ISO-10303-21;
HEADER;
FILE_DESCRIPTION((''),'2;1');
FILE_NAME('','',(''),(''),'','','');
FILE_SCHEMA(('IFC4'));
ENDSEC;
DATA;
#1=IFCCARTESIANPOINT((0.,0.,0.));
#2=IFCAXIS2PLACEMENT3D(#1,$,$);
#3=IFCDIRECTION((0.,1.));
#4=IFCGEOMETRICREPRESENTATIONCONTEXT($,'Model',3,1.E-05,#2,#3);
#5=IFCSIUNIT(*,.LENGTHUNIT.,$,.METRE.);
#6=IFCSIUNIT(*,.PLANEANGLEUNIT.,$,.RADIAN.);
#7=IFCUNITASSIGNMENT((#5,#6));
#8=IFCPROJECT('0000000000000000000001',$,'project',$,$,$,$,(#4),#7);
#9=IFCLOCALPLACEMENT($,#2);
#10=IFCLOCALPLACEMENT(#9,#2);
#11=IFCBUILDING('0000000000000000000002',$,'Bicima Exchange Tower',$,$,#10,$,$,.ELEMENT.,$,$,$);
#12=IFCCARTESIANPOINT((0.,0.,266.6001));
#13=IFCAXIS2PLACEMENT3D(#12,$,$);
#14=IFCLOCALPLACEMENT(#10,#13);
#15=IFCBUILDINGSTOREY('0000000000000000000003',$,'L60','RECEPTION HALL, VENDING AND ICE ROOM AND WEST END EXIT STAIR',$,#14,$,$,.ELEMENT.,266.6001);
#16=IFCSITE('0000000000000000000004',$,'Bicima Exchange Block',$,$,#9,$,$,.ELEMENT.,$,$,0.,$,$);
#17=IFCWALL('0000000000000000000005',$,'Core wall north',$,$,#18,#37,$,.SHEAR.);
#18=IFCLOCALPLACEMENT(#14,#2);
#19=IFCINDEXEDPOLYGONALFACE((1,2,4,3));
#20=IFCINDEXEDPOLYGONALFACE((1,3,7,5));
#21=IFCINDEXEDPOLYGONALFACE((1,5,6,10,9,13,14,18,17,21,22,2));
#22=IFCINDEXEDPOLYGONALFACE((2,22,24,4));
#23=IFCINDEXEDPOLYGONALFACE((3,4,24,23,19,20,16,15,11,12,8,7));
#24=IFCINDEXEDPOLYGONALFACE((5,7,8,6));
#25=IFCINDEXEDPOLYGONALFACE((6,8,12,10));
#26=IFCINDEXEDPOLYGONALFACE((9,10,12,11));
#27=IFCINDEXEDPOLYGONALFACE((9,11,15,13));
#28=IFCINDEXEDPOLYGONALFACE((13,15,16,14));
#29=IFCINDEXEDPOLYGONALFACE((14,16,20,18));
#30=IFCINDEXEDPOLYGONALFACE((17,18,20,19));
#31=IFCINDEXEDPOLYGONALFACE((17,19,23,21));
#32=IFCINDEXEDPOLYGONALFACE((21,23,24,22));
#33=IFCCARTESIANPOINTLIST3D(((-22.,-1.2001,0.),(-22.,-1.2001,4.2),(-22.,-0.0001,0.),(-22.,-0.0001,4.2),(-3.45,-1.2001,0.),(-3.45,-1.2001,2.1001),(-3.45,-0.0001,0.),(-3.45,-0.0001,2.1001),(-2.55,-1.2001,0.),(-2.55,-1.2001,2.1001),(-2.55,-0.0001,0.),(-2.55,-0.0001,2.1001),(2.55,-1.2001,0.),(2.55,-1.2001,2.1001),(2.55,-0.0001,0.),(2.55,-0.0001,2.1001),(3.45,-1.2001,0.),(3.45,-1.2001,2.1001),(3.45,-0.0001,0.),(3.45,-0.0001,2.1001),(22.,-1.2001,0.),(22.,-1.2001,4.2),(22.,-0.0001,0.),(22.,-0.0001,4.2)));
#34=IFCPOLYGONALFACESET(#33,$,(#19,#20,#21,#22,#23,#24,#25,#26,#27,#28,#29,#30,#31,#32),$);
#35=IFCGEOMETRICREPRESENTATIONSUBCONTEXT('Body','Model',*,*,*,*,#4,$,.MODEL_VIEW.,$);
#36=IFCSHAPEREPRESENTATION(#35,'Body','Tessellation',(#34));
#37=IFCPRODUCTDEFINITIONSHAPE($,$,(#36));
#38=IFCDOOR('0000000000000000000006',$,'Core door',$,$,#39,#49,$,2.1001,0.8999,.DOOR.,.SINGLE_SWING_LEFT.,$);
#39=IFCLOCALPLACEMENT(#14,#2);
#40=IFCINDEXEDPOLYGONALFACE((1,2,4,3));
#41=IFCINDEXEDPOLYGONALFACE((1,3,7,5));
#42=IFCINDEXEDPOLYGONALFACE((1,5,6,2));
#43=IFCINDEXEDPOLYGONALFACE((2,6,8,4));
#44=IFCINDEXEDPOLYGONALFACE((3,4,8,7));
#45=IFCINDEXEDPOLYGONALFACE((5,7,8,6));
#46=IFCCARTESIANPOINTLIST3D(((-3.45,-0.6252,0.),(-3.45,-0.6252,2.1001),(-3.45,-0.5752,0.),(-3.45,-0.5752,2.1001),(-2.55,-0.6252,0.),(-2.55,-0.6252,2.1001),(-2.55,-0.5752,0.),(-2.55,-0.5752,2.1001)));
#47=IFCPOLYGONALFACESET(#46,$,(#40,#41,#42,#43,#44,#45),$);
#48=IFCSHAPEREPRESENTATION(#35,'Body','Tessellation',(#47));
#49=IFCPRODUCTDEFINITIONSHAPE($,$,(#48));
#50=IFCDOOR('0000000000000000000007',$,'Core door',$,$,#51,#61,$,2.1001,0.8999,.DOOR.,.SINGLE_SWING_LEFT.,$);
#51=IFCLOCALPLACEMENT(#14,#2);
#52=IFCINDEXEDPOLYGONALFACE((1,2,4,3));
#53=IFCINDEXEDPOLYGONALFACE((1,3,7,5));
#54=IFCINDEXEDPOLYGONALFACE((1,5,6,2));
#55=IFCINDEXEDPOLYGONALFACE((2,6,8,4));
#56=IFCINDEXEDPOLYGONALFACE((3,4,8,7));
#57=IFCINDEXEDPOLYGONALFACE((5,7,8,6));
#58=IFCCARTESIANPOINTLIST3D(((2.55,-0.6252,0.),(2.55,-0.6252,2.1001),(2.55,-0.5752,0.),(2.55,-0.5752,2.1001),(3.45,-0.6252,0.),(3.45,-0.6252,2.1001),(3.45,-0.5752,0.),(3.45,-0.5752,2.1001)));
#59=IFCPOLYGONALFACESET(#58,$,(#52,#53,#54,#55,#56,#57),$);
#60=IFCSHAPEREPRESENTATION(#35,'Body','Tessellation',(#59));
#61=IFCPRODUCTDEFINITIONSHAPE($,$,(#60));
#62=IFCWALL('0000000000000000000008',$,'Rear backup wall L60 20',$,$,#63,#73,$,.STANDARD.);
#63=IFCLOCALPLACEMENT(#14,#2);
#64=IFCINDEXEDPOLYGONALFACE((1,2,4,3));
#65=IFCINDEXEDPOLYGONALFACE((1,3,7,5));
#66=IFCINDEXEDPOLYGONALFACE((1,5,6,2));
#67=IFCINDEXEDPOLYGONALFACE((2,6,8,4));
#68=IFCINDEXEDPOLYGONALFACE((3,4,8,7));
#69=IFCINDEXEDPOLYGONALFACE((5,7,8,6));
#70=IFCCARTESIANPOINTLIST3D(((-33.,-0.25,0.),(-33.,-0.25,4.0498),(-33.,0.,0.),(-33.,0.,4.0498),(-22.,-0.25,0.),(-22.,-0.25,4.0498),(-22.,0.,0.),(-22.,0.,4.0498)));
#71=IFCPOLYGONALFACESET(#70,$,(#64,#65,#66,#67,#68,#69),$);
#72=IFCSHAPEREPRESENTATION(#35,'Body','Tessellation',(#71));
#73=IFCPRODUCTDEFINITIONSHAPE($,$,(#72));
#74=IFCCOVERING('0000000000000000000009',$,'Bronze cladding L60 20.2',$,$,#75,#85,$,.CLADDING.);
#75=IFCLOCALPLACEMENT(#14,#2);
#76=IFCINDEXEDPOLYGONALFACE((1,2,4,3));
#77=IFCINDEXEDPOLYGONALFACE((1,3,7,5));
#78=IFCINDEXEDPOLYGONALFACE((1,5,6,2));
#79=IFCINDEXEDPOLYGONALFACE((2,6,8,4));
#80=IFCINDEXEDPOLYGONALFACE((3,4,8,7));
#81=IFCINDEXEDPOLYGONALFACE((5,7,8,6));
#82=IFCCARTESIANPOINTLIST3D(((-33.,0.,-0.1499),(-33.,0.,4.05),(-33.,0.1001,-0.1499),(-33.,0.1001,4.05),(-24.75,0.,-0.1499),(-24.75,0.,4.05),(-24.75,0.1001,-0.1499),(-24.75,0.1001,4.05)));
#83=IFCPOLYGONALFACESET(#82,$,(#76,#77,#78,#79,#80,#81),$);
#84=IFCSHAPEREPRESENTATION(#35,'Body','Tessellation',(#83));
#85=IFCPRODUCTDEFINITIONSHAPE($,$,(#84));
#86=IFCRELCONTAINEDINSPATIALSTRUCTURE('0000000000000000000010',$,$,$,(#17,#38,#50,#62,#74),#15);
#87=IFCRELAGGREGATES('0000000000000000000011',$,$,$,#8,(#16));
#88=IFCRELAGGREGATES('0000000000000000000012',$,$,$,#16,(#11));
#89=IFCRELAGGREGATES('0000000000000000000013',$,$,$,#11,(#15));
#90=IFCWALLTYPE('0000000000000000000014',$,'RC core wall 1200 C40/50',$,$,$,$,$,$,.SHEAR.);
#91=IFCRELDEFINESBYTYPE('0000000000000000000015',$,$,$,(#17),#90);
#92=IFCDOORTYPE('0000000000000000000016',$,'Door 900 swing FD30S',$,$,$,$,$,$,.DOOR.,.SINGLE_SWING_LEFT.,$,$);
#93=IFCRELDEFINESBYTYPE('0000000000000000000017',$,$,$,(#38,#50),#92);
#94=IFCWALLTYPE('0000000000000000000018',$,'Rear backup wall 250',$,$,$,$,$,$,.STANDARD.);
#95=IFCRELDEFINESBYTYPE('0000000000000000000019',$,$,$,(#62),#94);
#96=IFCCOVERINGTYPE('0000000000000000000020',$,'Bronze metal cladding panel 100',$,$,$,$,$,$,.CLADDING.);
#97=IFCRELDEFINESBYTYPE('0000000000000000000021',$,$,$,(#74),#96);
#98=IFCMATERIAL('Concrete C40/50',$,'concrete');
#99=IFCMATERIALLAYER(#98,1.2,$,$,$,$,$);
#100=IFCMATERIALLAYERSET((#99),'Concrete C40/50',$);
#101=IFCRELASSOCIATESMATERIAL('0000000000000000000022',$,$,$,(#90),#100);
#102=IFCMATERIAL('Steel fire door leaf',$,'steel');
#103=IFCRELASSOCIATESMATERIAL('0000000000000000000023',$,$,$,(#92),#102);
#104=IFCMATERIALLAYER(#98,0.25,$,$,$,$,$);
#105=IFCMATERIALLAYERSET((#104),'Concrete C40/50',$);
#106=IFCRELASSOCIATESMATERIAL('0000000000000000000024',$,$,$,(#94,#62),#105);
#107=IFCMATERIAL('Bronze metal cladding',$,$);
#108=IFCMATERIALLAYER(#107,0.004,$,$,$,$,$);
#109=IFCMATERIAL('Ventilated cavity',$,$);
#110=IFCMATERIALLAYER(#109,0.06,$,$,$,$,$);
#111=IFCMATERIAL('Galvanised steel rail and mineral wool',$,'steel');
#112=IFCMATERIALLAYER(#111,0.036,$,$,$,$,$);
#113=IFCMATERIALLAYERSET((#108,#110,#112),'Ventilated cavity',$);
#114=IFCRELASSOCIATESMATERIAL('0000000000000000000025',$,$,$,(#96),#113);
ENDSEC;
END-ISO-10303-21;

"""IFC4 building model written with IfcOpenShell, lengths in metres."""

from ifc_helpers import new_model, si_unit, direction, frame, frame_2d, origin, origin_2d, place, context, subcontext, project, spatial, rectangle, extrude, material, layer, layer_set, layer_usage, type_object, element, fill, save


model = new_model("IFC4")

# Units and contexts
model_context = context("Model", 3, precision=1e-05, world=origin(), true_north=direction((0.0, 1.0)))
body_context = subcontext(model_context, "Body", "Model", "MODEL_VIEW")
ifc_project = project(units=[si_unit("LENGTHUNIT", "METRE"), si_unit("PLANEANGLEUNIT", "RADIAN")], contexts=[model_context])

# Site, building, storey
site_placement = place(None, origin())
site = spatial("IfcSite", under=ifc_project, at=site_placement, Name="Bicima Exchange Block", CompositionType="ELEMENT", RefElevation=0.0)
building_placement = place(site_placement, origin())
building = spatial("IfcBuilding", under=site, at=building_placement, Name="Bicima Exchange Tower", CompositionType="ELEMENT")
storey_placement = place(building_placement, frame((0.0, 0.0, 266.6001)))
storey = spatial("IfcBuildingStorey", under=building, at=storey_placement, Name="L60", Description="RECEPTION HALL, VENDING AND ICE ROOM AND WEST END EXIT STAIR", CompositionType="ELEMENT", Elevation=266.6001)

# Wall, openings, doors
ifc_material_1 = material(Name="Concrete C40/50", Category="concrete")
ifc_layer_1 = layer(ifc_material_1, 1.2)
ifc_layer_set_1 = layer_set([ifc_layer_1], Name="Concrete C40/50")
wall_type_1 = type_object("IfcWallType", Name="RC core wall 1200 C40/50", PredefinedType="SHEAR", material=ifc_layer_set_1)
wall_1_placement = place(storey_placement, frame((-22.0, -0.6001, 0.0), z_axis=(0.0, 0.0, 1.0), x_axis=(1.0, 0.0, 0.0)))
wall_1 = element("IfcWall", 1, at=wall_1_placement, inside=storey, type_object=wall_type_1, Name="Core wall north", PredefinedType="SHEAR", context=body_context, shape_type="SweptSolid", body=[
    extrude(rectangle(XDim=44.0, YDim=1.2, at=frame_2d((22.0, 0.0))), origin(), (0.0, 0.0, 1.0), 4.2),
])
opening_1_placement = place(wall_1_placement, frame((18.55, 0.0, 0.0)))
opening_1 = element("IfcOpeningElement", 2, at=opening_1_placement, cuts=wall_1, PredefinedType="OPENING", context=body_context, shape_type="SweptSolid", body=[
    extrude(rectangle(XDim=0.8999, YDim=2.1001, at=frame_2d((0.45, 1.05))), frame((0.0, 0.6118, 0.0), z_axis=(0.0, -1.0, 0.0), x_axis=(1.0, 0.0, 0.0)), (0.0, 0.0, 1.0), 1.2239),
])
opening_2_placement = place(wall_1_placement, frame((24.55, 0.0, 0.0)))
opening_2 = element("IfcOpeningElement", 3, at=opening_2_placement, cuts=wall_1, PredefinedType="OPENING", context=body_context, shape_type="SweptSolid", body=[
    extrude(rectangle(XDim=0.8999, YDim=2.1001, at=frame_2d((0.45, 1.05))), frame((0.0, 0.6118, 0.0), z_axis=(0.0, -1.0, 0.0), x_axis=(1.0, 0.0, 0.0)), (0.0, 0.0, 1.0), 1.2239),
])
ifc_material_2 = material(Name="Steel fire door leaf", Category="steel")
door_type = type_object("IfcDoorType", Name="Door 900 swing FD30S", OperationType="SINGLE_SWING_LEFT", PredefinedType="DOOR", material=ifc_material_2)
door_1_placement = place(opening_1_placement, origin())
door_1 = element("IfcDoor", 4, at=door_1_placement, inside=storey, type_object=door_type, Name="Core door", OperationType="SINGLE_SWING_LEFT", OverallHeight=2.1001, OverallWidth=0.8999, PredefinedType="DOOR", context=body_context, shape_type="SweptSolid", body=[
    extrude(rectangle(XDim=0.8999, YDim=2.1001, at=frame_2d((0.45, 1.05))), frame((0.0, 0.0249, 0.0), z_axis=(0.0, -1.0, 0.0), x_axis=(1.0, 0.0, 0.0)), (0.0, 0.0, 1.0), 0.05),
])
fill(opening_1, door_1)
door_2_placement = place(opening_2_placement, origin())
door_2 = element("IfcDoor", 5, at=door_2_placement, inside=storey, type_object=door_type, Name="Core door", OperationType="SINGLE_SWING_LEFT", OverallHeight=2.1001, OverallWidth=0.8999, PredefinedType="DOOR", context=body_context, shape_type="SweptSolid", body=[
    extrude(rectangle(XDim=0.8999, YDim=2.1001, at=frame_2d((0.45, 1.05))), frame((0.0, 0.0249, 0.0), z_axis=(0.0, -1.0, 0.0), x_axis=(1.0, 0.0, 0.0)), (0.0, 0.0, 1.0), 0.05),
])
fill(opening_2, door_2)

# Wall
ifc_layer_2 = layer(ifc_material_1, 0.25)
ifc_layer_set_2 = layer_set([ifc_layer_2], Name="Concrete C40/50")
ifc_layer_usage = layer_usage(ifc_layer_set_2, "AXIS2", "POSITIVE", -0.125)
wall_type_2 = type_object("IfcWallType", Name="Rear backup wall 250", PredefinedType="STANDARD", material=ifc_layer_set_2)
wall_2_placement = place(storey_placement, frame((-22.0, -0.125, 0.0), z_axis=(0.0, 0.0, 1.0), x_axis=(-1.0, 0.0, 0.0)))
element("IfcWall", 6, at=wall_2_placement, inside=storey, type_object=wall_type_2, material=ifc_layer_usage, Name="Rear backup wall L60 20", PredefinedType="STANDARD", context=body_context, shape_type="SweptSolid", body=[
    extrude(rectangle(XDim=11.0, YDim=0.25, at=frame_2d((5.5, 0.0))), origin(), (0.0, 0.0, 1.0), 4.0498),
])

# Covering
ifc_material_3 = material(Name="Bronze metal cladding")
ifc_layer_3 = layer(ifc_material_3, 0.004)
ifc_material_4 = material(Name="Ventilated cavity")
ifc_layer_4 = layer(ifc_material_4, 0.06)
ifc_material_5 = material(Name="Galvanised steel rail and mineral wool", Category="steel")
ifc_layer_5 = layer(ifc_material_5, 0.036)
ifc_layer_set_3 = layer_set([ifc_layer_3, ifc_layer_4, ifc_layer_5], Name="Ventilated cavity")
covering_type = type_object("IfcCoveringType", Name="Bronze metal cladding panel 100", PredefinedType="CLADDING", material=ifc_layer_set_3)
covering_placement = place(storey_placement, frame((-28.875, 0.05, -0.1499), z_axis=(0.0, 0.0, 1.0), x_axis=(-1.0, 0.0, 0.0)))
element("IfcCovering", 7, at=covering_placement, inside=storey, type_object=covering_type, Name="Bronze cladding L60 20.2", PredefinedType="CLADDING", context=body_context, shape_type="SweptSolid", body=[
    extrude(rectangle(XDim=8.25, YDim=0.1001, at=origin_2d()), origin(), (0.0, 0.0, 1.0), 4.2),
])

save(model, "model.ifc")
